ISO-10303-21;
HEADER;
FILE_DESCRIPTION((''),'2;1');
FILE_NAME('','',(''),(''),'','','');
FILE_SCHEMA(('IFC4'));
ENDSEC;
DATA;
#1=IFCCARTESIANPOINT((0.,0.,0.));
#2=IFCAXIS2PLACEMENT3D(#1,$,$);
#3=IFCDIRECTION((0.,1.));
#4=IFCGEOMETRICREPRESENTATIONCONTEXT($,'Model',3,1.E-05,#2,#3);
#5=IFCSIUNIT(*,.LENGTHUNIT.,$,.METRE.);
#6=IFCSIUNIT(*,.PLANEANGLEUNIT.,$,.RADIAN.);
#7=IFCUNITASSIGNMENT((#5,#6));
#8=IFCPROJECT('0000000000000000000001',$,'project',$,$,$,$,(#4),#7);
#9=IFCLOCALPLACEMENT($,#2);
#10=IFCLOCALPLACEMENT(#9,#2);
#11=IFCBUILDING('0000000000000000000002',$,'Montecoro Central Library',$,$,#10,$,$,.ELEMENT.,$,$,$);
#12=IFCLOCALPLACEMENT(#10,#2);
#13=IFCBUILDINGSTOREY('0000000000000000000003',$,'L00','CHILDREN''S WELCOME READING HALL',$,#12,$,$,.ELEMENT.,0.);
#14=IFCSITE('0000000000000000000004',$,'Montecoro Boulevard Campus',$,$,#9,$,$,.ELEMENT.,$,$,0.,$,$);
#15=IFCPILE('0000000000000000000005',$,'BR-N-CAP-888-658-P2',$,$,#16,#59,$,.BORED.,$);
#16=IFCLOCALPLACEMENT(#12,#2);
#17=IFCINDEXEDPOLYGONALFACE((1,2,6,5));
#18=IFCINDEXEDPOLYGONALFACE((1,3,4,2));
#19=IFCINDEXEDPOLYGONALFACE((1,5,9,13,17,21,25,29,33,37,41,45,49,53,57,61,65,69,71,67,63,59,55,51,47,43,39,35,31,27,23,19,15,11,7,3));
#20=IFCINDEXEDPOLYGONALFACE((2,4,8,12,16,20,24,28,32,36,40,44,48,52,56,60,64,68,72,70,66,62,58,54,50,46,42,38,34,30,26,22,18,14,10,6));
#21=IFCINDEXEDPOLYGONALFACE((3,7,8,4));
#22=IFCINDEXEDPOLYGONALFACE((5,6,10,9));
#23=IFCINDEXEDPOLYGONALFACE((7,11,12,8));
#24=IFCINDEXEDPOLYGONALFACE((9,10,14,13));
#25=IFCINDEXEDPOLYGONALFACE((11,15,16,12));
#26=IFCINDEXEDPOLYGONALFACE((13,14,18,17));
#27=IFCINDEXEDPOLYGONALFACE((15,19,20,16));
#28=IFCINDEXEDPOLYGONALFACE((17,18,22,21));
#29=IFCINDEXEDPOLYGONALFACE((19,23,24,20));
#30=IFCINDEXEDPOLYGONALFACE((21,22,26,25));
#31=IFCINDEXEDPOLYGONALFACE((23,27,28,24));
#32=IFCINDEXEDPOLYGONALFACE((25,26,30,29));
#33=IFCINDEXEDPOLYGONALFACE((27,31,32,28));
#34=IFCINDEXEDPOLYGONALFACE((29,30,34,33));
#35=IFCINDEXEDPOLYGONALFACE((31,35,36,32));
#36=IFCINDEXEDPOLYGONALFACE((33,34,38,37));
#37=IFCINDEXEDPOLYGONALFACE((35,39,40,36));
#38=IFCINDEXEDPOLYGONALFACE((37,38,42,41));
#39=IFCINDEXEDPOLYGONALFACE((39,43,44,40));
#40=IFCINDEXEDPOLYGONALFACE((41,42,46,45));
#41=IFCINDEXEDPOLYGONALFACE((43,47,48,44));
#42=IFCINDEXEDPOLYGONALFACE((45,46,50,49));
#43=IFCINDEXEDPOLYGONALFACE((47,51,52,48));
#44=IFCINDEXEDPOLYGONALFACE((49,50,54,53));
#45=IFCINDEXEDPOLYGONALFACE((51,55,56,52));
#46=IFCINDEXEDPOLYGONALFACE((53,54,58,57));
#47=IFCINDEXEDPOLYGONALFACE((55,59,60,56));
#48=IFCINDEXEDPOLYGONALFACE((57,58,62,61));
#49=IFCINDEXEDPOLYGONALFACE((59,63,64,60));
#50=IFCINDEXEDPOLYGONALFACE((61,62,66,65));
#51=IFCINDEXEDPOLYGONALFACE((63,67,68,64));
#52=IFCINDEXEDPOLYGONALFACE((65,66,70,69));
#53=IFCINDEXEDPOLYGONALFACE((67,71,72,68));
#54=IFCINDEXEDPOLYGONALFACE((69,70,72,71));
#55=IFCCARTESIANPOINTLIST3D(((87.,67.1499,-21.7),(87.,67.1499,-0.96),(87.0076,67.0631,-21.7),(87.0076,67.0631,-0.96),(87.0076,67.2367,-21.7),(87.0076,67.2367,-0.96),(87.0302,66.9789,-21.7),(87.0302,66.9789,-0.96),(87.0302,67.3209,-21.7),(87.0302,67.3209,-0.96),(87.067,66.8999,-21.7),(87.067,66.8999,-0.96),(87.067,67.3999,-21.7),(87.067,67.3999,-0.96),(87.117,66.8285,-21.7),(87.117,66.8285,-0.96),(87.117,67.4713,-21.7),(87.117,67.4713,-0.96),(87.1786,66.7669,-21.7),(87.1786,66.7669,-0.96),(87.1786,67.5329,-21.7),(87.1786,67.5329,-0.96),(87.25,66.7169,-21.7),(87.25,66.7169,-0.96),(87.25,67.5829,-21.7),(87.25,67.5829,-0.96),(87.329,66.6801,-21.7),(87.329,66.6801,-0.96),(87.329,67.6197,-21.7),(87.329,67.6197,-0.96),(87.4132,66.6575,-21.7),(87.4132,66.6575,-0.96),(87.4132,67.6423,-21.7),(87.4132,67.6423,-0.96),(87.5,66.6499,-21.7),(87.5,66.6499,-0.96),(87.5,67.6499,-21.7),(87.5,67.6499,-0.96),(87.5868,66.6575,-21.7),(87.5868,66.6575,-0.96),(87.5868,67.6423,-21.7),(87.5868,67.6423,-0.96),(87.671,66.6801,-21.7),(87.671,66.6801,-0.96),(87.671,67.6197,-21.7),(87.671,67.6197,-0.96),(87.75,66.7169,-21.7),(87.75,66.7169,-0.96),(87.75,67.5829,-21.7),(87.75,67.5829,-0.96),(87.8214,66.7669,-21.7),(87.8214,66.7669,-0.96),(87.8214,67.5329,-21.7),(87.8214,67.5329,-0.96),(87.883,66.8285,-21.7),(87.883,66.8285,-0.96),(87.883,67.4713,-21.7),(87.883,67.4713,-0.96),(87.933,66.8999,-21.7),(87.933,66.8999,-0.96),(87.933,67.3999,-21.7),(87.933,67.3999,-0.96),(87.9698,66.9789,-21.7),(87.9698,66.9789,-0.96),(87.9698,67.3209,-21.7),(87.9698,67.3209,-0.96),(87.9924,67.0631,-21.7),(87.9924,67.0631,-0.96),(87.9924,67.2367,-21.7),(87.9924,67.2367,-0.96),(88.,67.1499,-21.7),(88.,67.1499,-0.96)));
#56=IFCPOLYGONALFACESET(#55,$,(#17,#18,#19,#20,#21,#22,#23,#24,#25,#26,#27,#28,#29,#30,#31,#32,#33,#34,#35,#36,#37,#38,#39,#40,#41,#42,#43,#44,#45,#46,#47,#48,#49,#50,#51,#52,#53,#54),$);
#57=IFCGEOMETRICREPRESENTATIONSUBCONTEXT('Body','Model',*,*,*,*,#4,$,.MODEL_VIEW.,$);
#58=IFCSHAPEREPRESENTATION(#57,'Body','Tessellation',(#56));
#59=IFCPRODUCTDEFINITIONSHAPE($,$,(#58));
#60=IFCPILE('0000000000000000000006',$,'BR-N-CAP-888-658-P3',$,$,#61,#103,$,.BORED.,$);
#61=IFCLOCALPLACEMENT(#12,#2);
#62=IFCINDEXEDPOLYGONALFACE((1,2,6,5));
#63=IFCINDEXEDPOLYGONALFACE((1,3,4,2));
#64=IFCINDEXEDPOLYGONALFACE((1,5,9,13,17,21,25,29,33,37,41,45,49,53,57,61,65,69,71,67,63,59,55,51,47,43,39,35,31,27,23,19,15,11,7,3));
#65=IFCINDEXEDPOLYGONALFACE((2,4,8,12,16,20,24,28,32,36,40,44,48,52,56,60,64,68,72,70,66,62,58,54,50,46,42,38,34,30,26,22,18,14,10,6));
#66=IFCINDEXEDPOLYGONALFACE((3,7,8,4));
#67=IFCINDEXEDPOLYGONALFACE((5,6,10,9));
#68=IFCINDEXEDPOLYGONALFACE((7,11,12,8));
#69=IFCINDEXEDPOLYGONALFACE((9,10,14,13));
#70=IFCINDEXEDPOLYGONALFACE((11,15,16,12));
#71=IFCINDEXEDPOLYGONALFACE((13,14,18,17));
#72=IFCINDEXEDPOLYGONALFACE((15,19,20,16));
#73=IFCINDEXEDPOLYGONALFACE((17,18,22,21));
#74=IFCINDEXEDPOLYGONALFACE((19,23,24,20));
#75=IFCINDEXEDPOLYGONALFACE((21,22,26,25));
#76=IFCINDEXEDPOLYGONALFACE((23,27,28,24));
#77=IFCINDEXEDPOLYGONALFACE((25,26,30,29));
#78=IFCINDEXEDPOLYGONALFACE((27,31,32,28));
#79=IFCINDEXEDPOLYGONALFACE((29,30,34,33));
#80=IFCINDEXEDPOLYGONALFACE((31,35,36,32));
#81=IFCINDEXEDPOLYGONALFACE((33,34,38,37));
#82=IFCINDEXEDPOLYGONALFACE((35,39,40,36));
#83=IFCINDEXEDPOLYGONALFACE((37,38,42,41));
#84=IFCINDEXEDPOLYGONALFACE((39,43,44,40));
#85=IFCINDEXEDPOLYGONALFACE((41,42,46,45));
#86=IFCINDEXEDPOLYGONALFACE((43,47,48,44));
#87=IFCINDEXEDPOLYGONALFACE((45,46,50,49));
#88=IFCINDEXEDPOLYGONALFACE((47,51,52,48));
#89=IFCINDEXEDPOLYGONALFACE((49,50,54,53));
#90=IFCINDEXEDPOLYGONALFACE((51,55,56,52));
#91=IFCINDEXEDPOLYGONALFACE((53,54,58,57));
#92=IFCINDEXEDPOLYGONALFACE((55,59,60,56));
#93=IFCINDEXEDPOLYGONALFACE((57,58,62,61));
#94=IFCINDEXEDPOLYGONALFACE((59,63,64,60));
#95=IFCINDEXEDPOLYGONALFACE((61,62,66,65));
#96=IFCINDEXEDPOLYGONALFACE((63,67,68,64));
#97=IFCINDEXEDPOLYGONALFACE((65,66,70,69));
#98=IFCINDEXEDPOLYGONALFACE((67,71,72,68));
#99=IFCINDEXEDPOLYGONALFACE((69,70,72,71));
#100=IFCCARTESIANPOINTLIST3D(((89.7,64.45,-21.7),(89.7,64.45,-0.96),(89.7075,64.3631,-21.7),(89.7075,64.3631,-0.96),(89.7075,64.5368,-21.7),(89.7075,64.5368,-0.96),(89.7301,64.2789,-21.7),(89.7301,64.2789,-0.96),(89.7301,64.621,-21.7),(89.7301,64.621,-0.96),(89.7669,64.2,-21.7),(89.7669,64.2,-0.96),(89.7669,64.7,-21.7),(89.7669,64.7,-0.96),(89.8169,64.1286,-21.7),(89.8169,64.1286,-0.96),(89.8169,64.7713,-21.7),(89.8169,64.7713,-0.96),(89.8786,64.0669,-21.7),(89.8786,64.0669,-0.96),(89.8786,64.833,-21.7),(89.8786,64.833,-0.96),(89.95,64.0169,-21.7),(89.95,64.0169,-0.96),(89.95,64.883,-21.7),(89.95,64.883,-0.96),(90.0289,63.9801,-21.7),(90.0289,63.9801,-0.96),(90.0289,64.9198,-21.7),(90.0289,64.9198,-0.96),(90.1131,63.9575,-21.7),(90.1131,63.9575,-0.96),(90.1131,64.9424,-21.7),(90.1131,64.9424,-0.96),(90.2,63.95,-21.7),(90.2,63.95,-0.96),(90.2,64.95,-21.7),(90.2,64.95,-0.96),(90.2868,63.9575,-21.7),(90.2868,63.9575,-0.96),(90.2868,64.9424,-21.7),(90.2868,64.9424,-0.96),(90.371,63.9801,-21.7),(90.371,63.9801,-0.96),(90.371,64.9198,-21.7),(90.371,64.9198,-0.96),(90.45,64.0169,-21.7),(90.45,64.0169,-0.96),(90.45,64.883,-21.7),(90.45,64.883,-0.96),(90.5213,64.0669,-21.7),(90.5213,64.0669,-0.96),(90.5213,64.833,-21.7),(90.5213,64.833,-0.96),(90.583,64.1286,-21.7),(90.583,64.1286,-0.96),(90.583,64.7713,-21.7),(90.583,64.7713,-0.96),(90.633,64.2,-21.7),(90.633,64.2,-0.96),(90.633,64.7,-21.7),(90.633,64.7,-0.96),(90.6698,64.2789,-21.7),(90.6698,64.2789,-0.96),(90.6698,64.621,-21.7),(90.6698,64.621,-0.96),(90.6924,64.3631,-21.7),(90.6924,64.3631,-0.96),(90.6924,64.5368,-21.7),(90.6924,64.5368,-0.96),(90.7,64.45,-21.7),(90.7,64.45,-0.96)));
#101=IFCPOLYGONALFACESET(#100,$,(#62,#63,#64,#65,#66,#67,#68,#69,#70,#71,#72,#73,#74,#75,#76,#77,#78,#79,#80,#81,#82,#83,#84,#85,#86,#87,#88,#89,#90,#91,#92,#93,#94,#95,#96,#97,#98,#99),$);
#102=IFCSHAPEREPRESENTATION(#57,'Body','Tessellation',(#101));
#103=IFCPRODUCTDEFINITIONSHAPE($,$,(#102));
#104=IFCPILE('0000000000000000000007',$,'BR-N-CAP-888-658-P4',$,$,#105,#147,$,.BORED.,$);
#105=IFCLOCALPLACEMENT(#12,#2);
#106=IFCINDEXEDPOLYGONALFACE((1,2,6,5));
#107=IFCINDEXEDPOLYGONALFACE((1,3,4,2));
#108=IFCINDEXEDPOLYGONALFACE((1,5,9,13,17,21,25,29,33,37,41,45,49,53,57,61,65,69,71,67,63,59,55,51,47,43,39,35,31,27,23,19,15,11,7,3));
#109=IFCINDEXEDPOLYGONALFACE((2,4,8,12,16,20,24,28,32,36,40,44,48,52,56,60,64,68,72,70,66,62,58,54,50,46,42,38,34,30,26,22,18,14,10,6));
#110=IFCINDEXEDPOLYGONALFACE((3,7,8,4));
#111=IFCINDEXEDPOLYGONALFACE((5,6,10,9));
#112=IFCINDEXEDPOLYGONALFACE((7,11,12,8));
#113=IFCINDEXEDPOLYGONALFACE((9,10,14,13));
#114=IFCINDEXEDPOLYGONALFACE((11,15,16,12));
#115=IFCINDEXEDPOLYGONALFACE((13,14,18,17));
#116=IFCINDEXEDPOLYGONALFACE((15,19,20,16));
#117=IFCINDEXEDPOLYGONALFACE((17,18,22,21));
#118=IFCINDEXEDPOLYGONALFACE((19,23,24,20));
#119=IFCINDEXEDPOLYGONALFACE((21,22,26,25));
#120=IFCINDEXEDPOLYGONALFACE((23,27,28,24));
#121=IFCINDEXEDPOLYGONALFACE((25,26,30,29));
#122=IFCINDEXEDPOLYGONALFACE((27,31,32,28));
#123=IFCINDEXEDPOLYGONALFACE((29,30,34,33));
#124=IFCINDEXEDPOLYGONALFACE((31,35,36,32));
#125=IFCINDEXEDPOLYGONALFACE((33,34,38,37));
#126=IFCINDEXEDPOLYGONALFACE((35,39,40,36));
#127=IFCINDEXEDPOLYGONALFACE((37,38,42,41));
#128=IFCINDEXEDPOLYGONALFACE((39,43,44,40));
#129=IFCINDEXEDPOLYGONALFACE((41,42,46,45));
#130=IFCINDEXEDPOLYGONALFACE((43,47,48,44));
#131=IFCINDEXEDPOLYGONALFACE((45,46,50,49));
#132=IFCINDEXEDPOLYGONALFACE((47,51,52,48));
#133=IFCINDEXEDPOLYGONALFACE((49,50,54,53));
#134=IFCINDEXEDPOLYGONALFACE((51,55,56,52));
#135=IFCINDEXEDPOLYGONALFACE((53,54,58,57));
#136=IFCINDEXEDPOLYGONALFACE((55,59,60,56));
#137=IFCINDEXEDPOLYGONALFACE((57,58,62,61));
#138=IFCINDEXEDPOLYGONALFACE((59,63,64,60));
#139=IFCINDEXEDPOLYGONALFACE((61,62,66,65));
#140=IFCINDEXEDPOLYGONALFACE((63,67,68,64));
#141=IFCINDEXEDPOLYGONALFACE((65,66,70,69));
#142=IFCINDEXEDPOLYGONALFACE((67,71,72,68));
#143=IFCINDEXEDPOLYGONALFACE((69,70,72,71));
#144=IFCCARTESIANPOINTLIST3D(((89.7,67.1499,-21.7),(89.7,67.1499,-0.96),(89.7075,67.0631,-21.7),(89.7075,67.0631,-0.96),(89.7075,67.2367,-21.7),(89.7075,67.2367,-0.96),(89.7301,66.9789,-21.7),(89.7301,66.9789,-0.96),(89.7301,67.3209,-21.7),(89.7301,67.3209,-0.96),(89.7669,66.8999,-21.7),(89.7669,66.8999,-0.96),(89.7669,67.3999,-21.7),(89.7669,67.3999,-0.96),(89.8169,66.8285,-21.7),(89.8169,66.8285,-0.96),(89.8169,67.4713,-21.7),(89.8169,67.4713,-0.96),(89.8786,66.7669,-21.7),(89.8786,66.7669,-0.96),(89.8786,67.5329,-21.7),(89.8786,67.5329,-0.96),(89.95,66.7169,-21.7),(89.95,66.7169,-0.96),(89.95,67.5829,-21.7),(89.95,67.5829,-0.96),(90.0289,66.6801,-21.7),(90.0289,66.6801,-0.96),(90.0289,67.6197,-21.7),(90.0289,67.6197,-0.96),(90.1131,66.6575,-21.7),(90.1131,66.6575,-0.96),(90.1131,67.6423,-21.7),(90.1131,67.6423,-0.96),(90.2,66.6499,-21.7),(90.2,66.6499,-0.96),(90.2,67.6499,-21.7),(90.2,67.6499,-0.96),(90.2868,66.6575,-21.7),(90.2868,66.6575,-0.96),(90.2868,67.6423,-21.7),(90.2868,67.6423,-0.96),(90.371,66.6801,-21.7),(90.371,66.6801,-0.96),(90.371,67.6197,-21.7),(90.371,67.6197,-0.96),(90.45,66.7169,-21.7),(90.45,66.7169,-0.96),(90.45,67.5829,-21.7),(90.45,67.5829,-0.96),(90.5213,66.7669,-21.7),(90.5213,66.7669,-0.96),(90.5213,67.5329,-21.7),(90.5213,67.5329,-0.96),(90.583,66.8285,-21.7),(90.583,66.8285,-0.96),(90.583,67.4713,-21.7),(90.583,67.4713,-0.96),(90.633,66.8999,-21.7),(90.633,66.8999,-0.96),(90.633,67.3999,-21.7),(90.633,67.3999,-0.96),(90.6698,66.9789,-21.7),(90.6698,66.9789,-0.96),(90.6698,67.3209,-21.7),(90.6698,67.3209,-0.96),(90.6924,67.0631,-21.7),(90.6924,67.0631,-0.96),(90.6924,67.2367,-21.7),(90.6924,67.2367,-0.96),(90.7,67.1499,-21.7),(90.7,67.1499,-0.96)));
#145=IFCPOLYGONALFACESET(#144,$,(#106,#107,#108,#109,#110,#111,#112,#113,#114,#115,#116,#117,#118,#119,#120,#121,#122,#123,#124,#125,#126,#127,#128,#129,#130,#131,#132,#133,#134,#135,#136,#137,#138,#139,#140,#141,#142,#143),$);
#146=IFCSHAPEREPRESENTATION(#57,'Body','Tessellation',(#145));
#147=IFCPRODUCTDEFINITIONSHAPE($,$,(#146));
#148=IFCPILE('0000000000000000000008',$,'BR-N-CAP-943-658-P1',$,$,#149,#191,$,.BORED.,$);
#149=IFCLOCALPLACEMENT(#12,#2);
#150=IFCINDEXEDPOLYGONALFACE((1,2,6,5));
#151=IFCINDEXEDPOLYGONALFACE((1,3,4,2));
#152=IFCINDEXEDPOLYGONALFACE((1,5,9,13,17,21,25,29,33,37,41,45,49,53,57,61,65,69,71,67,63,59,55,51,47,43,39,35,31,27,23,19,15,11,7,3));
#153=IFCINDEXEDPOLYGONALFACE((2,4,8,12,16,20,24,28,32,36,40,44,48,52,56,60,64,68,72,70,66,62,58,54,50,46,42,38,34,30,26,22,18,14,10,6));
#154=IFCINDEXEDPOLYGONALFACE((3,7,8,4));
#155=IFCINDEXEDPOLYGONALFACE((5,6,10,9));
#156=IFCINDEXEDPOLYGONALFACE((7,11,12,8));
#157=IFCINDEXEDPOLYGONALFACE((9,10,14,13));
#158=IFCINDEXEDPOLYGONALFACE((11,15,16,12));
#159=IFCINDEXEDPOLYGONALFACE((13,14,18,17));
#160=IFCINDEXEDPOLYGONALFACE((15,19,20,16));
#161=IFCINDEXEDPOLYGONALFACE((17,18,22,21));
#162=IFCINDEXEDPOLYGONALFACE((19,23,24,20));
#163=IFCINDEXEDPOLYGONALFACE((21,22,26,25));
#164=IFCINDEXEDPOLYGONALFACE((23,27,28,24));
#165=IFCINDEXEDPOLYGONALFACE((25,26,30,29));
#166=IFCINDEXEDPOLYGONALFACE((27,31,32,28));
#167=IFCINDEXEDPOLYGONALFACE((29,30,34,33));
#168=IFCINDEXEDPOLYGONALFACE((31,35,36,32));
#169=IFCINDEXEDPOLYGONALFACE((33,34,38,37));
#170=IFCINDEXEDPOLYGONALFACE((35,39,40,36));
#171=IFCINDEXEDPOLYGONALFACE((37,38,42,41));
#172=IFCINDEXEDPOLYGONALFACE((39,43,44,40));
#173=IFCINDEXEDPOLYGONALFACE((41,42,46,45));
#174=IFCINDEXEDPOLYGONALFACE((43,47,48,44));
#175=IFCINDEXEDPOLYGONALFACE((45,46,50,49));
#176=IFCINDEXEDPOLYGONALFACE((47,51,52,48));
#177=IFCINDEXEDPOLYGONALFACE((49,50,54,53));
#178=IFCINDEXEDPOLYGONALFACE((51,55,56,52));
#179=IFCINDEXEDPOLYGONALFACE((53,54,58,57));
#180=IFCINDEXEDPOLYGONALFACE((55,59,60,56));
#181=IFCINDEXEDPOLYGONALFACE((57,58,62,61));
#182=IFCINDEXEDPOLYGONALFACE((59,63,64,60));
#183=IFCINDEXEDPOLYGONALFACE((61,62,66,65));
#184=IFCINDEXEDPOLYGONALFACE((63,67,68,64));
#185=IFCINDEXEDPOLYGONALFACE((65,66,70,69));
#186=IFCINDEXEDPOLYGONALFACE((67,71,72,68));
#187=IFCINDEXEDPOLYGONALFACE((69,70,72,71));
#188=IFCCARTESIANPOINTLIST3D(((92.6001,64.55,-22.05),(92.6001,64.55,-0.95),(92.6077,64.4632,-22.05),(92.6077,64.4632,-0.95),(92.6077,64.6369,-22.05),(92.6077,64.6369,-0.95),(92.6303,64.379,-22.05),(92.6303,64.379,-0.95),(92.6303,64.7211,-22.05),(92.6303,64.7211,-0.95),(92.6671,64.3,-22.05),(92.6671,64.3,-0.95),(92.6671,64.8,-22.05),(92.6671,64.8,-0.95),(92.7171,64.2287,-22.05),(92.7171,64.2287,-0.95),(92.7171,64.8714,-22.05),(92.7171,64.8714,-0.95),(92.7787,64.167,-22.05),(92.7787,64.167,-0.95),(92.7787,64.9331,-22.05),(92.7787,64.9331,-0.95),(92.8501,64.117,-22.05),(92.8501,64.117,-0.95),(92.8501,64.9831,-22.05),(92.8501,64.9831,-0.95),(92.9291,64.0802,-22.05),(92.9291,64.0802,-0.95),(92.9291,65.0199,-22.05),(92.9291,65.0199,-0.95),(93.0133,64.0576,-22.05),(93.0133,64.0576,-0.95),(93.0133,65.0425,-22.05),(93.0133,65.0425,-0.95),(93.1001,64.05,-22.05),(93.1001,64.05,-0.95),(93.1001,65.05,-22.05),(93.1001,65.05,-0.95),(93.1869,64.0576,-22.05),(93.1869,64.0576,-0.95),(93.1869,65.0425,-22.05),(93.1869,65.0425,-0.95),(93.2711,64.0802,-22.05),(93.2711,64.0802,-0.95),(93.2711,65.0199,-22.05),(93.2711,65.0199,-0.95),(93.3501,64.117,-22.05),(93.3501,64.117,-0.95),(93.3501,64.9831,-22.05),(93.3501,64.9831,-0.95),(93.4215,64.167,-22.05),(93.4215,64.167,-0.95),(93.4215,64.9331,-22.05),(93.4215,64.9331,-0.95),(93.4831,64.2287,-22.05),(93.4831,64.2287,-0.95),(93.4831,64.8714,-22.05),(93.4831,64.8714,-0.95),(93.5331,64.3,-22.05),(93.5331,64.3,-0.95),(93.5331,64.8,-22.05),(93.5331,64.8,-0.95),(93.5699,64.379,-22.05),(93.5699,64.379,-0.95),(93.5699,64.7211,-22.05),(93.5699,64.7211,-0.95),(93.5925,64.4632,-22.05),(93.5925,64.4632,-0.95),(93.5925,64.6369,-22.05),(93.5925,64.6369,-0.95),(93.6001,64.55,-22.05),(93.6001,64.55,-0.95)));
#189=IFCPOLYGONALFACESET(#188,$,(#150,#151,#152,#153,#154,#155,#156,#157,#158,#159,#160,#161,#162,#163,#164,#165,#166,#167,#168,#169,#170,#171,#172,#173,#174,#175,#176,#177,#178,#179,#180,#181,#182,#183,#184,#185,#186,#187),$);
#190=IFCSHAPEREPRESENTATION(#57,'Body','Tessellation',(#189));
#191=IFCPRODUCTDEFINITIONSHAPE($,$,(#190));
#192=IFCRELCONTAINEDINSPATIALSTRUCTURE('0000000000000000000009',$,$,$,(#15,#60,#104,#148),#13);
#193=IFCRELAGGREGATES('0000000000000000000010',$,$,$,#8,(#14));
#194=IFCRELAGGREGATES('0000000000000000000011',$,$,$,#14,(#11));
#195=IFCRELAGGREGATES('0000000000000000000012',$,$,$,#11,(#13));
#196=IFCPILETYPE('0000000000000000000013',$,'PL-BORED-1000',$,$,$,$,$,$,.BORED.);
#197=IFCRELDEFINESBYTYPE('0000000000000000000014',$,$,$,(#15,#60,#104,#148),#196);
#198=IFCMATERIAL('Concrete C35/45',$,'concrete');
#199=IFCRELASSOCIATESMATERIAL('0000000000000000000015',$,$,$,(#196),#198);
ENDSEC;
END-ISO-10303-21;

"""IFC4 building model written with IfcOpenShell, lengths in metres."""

from ifc_helpers import new_model, si_unit, direction, frame, origin, origin_2d, place, context, subcontext, project, spatial, circle, extrude, material, material_profile, profile_set, type_object, element, save


model = new_model("IFC4")

# Units and contexts
model_context = context("Model", 3, precision=1e-05, world=origin(), true_north=direction((0.0, 1.0)))
body_context = subcontext(model_context, "Body", "Model", "MODEL_VIEW")
ifc_project = project(units=[si_unit("LENGTHUNIT", "METRE"), si_unit("PLANEANGLEUNIT", "RADIAN")], contexts=[model_context])

# Site, building, storey
site_placement = place(None, origin())
site = spatial("IfcSite", under=ifc_project, at=site_placement, Name="Montecoro Boulevard Campus", CompositionType="ELEMENT", RefElevation=0.0)
building_placement = place(site_placement, origin())
building = spatial("IfcBuilding", under=site, at=building_placement, Name="Montecoro Central Library", CompositionType="ELEMENT")
storey_placement = place(building_placement, origin())
storey = spatial("IfcBuildingStorey", under=building, at=storey_placement, Name="L00", Description="CHILDREN'S WELCOME READING HALL", CompositionType="ELEMENT", Elevation=0.0)

# Shared definitions
ifc_material_1 = material(Name="Concrete C35/45", Category="concrete")

# Piles
ifc_material_profile_1 = material_profile(ifc_material_1, circle(Radius=0.5, at=origin_2d()), Name="PILE D1000")
ifc_profile_set_1 = profile_set([ifc_material_profile_1], Name="Concrete C35/45")
pile_type_1 = type_object("IfcPileType", Name="PL-BORED-1000", PredefinedType="BORED", material=ifc_profile_set_1)
for number, where, z_axis, x_axis, name in (
    (1, (87.5, 67.1499, -0.96), (0.0, 0.0, -1.0), (1.0, 0.0, 0.0), "BR-N-CAP-888-658-P2"),
    (2, (90.2, 64.45, -0.96), (0.0, 0.0, -1.0), (1.0, 0.0, 0.0), "BR-N-CAP-888-658-P3"),
    (3, (90.2, 67.1499, -0.96), (0.0, 0.0, -1.0), (1.0, 0.0, 0.0), "BR-N-CAP-888-658-P4"),
):
    element("IfcPile", number, at=place(storey_placement, frame(where, z_axis=z_axis, x_axis=x_axis)), inside=storey, type_object=pile_type_1, Name=name, PredefinedType="BORED", context=body_context, shape_type="SweptSolid", body=[
        extrude(circle(Radius=0.5, at=origin_2d()), origin(), (0.0, 0.0, 1.0), 20.74),
    ])
for number, where, z_axis, x_axis, name in (
    (4, (93.1001, 64.55, -0.95), (0.0, 0.0, -1.0), (1.0, 0.0, 0.0), "BR-N-CAP-943-658-P1"),
):
    element("IfcPile", number, at=place(storey_placement, frame(where, z_axis=z_axis, x_axis=x_axis)), inside=storey, type_object=pile_type_1, Name=name, PredefinedType="BORED", context=body_context, shape_type="SweptSolid", body=[
        extrude(circle(Radius=0.5, at=origin_2d()), origin(), (0.0, 0.0, 1.0), 21.1001),
    ])

save(model, "model.ifc")
